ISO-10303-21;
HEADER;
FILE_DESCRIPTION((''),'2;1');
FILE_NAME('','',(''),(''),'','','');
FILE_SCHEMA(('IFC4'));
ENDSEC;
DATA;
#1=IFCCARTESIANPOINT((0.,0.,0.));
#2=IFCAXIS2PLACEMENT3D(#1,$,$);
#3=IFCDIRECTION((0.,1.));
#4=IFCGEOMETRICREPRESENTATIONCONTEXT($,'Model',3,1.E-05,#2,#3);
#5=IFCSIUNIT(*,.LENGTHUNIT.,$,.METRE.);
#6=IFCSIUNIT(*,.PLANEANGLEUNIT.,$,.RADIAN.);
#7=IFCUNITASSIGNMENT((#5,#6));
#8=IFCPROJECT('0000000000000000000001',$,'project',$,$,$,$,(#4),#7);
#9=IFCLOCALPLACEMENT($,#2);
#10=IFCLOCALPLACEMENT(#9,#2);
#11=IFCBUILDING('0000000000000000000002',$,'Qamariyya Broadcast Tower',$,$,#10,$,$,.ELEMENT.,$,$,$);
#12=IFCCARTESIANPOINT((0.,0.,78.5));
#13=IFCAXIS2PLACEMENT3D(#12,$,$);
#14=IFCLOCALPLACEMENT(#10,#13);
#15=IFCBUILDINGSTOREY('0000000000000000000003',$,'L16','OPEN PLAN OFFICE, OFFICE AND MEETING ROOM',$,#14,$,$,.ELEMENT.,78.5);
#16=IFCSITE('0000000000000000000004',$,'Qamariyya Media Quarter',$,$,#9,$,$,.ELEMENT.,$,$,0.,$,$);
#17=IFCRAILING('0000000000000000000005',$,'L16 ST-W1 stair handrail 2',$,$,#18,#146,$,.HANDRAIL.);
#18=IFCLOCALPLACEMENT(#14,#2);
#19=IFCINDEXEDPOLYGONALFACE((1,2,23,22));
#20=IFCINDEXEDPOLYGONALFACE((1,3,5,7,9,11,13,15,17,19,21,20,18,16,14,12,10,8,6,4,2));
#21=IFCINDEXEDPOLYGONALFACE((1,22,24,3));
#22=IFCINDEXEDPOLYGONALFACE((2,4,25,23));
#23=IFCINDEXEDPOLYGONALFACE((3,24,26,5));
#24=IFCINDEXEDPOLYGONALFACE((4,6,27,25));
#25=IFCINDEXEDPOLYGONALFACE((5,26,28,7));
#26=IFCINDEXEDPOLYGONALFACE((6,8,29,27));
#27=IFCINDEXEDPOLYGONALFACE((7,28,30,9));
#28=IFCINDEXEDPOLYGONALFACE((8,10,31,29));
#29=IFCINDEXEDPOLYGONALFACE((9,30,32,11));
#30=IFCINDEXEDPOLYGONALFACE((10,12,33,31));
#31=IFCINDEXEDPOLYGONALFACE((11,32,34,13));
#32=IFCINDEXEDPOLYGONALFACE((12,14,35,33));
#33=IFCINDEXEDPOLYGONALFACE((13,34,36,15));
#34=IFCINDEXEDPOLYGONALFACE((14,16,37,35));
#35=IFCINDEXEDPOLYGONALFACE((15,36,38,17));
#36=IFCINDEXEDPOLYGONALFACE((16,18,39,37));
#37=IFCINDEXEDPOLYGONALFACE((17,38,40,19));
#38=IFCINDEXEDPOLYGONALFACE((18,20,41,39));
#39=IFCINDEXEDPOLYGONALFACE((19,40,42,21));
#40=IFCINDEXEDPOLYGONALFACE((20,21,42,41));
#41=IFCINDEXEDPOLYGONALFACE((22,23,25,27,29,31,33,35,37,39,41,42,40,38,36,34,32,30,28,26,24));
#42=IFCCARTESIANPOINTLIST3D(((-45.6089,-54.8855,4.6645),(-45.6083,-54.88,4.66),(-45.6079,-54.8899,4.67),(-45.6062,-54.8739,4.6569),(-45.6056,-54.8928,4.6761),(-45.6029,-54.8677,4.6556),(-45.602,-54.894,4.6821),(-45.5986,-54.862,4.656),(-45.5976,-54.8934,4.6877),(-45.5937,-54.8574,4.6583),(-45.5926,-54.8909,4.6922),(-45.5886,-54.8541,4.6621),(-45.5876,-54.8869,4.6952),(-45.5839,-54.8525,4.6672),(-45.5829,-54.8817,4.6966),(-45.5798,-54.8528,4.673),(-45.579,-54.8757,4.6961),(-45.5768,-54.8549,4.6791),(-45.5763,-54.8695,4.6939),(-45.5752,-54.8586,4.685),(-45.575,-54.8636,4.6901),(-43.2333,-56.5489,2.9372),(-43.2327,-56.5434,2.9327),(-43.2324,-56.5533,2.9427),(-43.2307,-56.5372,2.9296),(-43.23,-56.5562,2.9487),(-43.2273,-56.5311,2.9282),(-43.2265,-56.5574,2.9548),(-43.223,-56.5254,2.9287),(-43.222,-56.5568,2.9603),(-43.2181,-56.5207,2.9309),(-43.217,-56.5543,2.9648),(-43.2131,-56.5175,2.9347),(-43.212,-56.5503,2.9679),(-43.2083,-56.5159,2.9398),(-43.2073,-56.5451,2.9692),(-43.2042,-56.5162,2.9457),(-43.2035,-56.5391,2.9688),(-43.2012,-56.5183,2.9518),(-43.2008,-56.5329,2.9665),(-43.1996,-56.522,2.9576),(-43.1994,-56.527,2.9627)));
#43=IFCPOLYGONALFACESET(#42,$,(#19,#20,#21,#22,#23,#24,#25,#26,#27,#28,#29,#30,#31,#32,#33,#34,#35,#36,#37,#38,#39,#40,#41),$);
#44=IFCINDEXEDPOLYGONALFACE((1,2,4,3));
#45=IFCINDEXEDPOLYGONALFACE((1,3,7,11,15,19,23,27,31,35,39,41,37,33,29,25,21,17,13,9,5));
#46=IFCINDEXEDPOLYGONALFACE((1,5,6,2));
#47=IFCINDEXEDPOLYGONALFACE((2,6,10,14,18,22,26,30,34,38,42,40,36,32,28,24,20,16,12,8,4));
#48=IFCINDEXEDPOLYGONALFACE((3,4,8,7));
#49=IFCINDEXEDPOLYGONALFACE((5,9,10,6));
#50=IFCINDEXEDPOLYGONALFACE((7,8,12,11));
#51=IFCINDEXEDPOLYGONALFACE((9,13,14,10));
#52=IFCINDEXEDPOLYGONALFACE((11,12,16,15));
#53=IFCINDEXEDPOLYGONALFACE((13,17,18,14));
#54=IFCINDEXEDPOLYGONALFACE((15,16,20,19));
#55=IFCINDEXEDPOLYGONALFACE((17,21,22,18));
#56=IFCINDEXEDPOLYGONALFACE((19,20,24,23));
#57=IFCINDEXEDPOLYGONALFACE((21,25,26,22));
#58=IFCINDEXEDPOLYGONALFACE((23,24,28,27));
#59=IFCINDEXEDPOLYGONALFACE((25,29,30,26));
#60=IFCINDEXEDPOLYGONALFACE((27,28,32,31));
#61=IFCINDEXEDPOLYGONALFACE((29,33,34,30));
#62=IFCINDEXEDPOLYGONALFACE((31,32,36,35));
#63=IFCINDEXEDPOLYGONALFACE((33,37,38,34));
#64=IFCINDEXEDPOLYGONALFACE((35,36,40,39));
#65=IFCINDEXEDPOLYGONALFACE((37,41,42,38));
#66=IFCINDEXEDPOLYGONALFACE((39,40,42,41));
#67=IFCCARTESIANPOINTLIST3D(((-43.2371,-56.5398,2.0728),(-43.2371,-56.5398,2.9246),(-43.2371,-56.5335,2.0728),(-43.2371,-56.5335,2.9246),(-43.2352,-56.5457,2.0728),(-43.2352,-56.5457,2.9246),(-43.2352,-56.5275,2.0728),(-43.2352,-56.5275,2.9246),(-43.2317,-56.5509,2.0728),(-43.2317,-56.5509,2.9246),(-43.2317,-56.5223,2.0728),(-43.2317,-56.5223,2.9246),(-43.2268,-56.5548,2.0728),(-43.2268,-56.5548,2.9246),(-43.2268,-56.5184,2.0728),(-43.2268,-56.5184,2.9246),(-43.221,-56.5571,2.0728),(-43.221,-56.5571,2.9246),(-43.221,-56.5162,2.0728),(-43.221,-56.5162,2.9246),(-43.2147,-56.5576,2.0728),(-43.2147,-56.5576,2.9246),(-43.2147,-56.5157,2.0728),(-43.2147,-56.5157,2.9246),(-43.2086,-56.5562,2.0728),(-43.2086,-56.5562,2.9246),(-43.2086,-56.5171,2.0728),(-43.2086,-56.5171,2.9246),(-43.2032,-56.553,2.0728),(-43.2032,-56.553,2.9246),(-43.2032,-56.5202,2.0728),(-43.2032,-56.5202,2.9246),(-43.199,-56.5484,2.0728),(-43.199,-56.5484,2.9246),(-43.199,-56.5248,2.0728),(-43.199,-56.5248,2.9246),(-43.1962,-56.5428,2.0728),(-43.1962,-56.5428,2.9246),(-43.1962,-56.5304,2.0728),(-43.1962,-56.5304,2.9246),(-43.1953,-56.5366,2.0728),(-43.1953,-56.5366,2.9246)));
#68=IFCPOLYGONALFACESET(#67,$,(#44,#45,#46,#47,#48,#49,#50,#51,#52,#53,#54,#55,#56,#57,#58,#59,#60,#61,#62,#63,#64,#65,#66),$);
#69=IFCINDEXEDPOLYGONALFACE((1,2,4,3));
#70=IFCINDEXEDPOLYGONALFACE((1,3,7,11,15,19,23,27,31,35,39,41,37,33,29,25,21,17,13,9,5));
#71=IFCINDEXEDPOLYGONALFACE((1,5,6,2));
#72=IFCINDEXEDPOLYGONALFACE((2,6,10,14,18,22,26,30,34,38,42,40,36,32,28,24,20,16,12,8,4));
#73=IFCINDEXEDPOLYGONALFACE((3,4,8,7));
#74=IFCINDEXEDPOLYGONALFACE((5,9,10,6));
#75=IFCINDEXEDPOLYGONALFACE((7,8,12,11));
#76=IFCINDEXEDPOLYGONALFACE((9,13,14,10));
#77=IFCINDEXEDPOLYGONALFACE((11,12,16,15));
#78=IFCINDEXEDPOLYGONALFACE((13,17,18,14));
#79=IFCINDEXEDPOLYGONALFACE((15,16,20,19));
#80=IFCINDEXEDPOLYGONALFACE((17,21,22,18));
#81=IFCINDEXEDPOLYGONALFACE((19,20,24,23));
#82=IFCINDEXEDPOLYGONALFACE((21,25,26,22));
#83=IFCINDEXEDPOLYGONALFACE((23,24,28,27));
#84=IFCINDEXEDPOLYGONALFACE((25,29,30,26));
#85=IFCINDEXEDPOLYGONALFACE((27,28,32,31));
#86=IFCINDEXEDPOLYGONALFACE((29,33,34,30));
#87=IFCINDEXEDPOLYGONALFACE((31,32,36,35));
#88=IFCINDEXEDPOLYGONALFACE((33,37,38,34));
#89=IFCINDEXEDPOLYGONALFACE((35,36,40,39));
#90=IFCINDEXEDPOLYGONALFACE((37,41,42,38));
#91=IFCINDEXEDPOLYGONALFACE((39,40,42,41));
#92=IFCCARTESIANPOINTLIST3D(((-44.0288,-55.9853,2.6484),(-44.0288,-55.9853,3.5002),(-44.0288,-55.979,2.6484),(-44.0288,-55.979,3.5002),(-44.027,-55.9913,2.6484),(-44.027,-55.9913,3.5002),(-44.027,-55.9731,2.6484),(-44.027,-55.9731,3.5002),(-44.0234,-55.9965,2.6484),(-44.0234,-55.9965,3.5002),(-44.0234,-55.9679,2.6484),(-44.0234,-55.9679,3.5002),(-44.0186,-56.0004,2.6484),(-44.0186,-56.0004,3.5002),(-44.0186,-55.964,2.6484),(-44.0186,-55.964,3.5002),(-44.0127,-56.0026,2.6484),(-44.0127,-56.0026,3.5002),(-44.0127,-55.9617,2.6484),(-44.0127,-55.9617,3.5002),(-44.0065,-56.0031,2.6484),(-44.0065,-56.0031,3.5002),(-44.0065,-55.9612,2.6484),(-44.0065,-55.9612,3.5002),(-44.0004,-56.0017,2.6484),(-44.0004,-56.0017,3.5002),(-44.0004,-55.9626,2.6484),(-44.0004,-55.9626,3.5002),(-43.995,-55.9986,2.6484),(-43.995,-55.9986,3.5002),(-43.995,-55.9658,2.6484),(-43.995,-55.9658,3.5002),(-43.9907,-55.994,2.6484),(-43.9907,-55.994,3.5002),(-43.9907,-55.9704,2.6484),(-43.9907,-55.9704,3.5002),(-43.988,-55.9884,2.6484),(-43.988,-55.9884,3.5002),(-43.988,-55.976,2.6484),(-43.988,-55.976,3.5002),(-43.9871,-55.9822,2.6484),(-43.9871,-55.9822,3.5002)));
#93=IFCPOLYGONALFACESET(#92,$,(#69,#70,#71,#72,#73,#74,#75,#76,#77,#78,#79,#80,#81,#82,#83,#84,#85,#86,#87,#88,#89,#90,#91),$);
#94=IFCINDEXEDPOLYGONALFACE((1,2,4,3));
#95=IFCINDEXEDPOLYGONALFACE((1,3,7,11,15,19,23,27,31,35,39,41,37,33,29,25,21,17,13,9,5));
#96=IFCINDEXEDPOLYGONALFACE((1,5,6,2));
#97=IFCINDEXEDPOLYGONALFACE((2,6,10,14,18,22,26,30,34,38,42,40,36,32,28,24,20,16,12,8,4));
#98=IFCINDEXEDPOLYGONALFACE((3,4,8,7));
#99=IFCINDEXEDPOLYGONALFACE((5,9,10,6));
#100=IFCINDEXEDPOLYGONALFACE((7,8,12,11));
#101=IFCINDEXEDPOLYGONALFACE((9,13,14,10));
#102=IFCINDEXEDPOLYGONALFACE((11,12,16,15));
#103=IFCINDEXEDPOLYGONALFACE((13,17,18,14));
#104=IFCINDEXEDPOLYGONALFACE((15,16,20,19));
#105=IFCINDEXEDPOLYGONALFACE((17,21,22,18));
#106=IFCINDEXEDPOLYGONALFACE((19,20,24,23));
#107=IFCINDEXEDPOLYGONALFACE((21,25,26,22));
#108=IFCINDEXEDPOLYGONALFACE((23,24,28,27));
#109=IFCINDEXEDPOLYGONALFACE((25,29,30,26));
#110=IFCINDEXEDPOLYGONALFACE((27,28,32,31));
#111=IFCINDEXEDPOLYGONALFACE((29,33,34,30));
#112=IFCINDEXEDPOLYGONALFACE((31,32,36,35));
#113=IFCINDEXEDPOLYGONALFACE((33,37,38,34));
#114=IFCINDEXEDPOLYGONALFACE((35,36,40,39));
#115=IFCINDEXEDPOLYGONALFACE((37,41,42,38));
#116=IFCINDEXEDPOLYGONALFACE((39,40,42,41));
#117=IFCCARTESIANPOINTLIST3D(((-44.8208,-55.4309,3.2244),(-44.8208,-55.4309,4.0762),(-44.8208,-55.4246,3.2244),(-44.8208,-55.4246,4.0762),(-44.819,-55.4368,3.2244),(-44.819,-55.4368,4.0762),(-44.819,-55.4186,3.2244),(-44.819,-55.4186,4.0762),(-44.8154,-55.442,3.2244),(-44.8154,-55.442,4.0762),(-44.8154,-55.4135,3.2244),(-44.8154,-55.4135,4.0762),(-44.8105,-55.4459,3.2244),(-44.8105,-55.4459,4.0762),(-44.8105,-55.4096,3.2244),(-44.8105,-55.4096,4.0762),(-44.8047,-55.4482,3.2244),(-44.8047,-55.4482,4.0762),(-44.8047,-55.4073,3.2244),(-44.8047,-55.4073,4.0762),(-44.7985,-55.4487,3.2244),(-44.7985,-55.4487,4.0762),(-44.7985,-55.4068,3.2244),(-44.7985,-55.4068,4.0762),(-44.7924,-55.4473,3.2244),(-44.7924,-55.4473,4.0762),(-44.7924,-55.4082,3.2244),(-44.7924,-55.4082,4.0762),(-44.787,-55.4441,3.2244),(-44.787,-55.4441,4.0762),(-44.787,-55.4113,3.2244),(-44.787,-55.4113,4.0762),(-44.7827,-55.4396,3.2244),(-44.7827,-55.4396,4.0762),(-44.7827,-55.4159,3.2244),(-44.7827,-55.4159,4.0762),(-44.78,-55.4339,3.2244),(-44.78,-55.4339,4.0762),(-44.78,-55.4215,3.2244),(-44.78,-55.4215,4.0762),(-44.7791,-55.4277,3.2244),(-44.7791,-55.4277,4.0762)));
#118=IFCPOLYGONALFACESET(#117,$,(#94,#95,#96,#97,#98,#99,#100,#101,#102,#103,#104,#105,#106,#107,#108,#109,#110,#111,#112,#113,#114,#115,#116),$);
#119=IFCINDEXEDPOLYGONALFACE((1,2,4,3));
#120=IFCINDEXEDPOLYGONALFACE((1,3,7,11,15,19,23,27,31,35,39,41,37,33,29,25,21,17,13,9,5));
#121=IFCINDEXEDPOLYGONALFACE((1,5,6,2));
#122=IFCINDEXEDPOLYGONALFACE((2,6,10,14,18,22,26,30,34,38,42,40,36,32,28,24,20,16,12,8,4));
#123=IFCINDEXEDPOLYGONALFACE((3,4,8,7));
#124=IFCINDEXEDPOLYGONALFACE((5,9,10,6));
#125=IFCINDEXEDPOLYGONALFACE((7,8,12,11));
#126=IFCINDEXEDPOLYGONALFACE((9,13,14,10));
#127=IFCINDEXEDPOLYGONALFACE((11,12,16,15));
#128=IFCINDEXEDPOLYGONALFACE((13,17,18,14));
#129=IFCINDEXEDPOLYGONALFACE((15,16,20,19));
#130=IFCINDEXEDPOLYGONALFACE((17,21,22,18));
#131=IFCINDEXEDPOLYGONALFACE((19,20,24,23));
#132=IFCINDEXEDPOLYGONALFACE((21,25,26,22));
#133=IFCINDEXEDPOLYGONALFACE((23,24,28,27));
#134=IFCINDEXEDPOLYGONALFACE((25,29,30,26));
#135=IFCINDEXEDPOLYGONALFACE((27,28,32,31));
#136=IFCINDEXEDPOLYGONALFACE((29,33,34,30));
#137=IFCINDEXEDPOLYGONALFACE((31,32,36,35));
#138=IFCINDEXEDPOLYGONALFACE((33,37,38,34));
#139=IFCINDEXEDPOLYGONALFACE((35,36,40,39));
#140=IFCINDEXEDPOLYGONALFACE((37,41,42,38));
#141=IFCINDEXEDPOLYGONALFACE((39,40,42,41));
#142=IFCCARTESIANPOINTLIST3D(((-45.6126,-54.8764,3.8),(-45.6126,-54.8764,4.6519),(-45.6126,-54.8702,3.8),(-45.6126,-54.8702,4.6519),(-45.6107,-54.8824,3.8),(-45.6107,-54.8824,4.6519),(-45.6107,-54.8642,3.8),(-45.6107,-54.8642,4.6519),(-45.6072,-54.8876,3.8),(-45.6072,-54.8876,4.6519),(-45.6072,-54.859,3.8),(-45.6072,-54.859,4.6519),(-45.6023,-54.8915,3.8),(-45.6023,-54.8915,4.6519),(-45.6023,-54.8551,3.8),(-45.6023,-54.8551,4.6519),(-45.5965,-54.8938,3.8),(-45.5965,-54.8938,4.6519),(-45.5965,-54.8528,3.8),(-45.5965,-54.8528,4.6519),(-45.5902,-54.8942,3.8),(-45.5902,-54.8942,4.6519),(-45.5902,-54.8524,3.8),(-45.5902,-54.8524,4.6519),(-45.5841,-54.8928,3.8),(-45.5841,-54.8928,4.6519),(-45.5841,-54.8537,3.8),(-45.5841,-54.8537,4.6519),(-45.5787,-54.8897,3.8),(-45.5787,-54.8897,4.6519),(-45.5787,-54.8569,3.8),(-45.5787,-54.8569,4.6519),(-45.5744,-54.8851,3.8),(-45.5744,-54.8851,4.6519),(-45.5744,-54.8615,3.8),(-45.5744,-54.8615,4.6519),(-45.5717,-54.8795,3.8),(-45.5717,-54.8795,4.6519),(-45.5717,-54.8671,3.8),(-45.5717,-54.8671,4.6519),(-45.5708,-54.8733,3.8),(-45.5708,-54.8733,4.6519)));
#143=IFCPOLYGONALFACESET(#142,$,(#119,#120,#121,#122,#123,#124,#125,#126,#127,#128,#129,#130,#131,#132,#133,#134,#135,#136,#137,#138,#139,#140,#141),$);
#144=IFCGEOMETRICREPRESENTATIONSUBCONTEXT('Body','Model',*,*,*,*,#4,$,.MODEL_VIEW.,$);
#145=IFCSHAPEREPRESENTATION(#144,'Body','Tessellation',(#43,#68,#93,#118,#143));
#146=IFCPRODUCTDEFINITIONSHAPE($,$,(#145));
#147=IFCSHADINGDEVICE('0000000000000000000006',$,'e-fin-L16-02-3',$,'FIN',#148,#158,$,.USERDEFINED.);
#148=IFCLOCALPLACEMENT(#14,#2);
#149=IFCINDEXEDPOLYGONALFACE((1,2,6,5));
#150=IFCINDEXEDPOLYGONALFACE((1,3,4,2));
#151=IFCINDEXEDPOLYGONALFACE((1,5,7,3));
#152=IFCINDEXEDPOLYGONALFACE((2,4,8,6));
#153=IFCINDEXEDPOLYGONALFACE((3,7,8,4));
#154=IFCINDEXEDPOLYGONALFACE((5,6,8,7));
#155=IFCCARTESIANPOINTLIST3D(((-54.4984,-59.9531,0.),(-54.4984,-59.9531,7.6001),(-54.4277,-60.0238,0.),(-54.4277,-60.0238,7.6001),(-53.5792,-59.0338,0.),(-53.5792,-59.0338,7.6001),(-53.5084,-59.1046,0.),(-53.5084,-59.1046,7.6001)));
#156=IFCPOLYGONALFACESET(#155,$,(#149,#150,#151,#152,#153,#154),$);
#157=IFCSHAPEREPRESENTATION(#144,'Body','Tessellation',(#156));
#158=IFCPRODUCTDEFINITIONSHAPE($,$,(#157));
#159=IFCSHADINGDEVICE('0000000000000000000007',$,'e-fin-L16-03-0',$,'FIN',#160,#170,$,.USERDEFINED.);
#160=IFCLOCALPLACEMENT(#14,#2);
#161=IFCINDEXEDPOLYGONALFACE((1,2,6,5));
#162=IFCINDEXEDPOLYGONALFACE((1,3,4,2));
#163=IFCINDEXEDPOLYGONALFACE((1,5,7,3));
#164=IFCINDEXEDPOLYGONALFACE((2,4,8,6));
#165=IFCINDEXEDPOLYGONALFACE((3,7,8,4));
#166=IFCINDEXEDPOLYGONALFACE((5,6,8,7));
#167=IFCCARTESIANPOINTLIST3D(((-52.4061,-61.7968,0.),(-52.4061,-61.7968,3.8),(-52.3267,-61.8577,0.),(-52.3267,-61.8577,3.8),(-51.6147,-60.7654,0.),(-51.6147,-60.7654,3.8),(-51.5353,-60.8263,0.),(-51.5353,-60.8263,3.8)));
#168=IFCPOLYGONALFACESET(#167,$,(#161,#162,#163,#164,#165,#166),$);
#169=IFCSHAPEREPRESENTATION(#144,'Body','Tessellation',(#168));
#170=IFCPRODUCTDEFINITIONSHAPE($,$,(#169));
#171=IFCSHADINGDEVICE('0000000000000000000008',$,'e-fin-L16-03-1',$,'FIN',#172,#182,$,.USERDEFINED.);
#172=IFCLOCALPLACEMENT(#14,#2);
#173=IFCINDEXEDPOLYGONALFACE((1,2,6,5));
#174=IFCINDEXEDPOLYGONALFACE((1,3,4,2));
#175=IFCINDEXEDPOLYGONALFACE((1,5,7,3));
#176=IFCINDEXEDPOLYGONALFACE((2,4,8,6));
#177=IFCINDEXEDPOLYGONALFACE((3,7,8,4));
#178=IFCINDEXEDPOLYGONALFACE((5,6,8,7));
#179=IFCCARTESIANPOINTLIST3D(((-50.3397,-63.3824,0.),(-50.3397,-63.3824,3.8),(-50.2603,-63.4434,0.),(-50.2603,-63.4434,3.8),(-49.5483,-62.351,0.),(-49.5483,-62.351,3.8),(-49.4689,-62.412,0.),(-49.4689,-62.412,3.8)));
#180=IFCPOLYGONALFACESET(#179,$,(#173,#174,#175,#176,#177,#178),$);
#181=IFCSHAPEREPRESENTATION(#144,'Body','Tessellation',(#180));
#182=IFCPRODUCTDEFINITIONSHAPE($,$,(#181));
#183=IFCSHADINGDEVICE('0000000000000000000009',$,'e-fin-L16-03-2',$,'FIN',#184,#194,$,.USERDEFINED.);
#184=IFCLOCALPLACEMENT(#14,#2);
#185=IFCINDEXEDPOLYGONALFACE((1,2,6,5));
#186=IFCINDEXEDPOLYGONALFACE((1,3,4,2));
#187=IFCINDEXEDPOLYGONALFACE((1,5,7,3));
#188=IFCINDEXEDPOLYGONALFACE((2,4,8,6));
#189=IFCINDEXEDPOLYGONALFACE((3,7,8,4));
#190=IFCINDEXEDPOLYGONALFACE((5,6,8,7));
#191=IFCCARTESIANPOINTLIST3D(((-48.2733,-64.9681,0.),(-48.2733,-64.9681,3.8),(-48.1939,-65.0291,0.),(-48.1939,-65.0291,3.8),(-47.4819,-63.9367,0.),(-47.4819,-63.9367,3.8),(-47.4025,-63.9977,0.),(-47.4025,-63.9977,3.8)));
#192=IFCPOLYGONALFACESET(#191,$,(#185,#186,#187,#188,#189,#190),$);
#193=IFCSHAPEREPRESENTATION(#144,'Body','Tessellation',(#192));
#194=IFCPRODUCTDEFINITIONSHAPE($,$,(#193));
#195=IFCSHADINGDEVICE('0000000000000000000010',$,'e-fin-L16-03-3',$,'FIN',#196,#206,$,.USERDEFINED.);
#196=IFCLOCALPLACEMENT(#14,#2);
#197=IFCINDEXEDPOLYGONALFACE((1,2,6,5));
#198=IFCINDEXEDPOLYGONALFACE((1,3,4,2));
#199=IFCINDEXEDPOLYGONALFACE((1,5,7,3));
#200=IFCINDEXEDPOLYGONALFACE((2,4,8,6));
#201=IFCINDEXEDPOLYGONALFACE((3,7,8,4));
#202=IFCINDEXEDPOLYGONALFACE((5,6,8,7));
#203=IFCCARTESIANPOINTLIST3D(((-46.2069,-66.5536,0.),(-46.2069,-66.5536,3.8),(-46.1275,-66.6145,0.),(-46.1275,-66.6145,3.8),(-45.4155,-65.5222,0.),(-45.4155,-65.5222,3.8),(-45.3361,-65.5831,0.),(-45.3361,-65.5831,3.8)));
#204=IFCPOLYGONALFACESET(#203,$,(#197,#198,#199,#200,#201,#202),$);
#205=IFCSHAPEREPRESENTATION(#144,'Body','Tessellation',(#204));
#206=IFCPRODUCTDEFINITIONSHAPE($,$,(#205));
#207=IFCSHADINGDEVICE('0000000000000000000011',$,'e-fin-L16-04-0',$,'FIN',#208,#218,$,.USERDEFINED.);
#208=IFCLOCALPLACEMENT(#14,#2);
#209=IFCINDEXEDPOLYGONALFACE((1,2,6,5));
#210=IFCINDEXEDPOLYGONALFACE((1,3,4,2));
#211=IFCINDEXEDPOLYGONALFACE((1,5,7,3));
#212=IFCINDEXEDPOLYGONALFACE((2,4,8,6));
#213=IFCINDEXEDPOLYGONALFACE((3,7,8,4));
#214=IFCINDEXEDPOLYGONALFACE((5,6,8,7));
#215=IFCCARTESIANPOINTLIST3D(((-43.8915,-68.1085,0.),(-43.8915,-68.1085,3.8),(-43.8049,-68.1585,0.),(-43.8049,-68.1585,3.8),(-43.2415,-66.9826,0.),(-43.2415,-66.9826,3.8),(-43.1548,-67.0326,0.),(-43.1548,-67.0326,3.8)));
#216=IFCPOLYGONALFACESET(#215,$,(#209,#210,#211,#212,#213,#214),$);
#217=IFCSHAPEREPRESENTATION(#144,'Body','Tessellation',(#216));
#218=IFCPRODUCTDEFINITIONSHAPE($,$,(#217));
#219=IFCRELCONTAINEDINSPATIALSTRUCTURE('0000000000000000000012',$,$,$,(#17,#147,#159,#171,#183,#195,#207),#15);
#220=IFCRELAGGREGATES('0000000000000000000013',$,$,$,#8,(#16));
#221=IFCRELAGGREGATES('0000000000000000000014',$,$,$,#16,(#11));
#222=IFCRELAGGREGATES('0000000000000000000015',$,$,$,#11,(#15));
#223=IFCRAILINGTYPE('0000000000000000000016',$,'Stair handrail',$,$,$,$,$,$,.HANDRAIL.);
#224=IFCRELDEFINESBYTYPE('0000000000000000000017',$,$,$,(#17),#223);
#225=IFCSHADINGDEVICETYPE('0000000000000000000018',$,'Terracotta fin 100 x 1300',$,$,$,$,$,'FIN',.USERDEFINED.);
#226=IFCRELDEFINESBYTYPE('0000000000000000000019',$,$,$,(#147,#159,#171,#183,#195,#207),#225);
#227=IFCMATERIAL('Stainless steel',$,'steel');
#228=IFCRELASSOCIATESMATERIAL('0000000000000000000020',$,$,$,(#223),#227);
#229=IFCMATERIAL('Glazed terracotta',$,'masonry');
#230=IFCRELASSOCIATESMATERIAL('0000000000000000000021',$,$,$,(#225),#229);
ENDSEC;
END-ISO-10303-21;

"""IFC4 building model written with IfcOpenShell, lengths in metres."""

from ifc_helpers import new_model, si_unit, direction, frame, origin, origin_2d, place, context, subcontext, project, spatial, rectangle, circle, extrude, material, material_profile, profile_set, type_object, element, save


model = new_model("IFC4")

# Units and contexts
model_context = context("Model", 3, precision=1e-05, world=origin(), true_north=direction((0.0, 1.0)))
body_context = subcontext(model_context, "Body", "Model", "MODEL_VIEW")
ifc_project = project(units=[si_unit("LENGTHUNIT", "METRE"), si_unit("PLANEANGLEUNIT", "RADIAN")], contexts=[model_context])

# Site, building, storey
site_placement = place(None, origin())
site = spatial("IfcSite", under=ifc_project, at=site_placement, Name="Qamariyya Media Quarter", CompositionType="ELEMENT", RefElevation=0.0)
building_placement = place(site_placement, origin())
building = spatial("IfcBuilding", under=site, at=building_placement, Name="Qamariyya Broadcast Tower", CompositionType="ELEMENT")
storey_placement = place(building_placement, frame((0.0, 0.0, 78.5)))
storey = spatial("IfcBuildingStorey", under=building, at=storey_placement, Name="L16", Description="OPEN PLAN OFFICE, OFFICE AND MEETING ROOM", CompositionType="ELEMENT", Elevation=78.5)

# Railing
ifc_material_1 = material(Name="Stainless steel", Category="steel")
railing_type_1 = type_object("IfcRailingType", Name="Stair handrail", PredefinedType="HANDRAIL", material=ifc_material_1)
railing_1_placement = place(storey_placement, frame((-43.2163, -56.5366, 2.0728)))
element("IfcRailing", 1, at=railing_1_placement, inside=storey, type_object=railing_type_1, Name="L16 ST-W1 stair handrail 2", PredefinedType="HANDRAIL", context=body_context, shape_type="SweptSolid", body=[
    extrude(circle(Radius=0.0239, at=origin_2d()), frame((0.0, 0.0, 0.876), z_axis=(-0.70377, 0.492784, 0.511734), x_axis=(-0.573575, -0.819153, 0.0)), (0.0, 0.0, 1.0), 3.3755),
    extrude(circle(Radius=0.021, at=origin_2d()), origin(), (0.0, 0.0, 1.0), 0.8518),
    extrude(circle(Radius=0.021, at=origin_2d()), frame((-0.7917, 0.5544, 0.5757)), (0.0, 0.0, 1.0), 0.8518),
    extrude(circle(Radius=0.021, at=origin_2d()), frame((-1.5837, 1.1089, 1.1516)), (0.0, 0.0, 1.0), 0.8518),
    extrude(circle(Radius=0.021, at=origin_2d()), frame((-2.3755, 1.6633, 1.7273)), (0.0, 0.0, 1.0), 0.8518),
])

# Shading devices
ifc_material_2 = material(Name="Glazed terracotta", Category="masonry")
ifc_material_profile_1 = material_profile(ifc_material_2, rectangle(XDim=1.3, YDim=0.1001, at=origin_2d()))
ifc_profile_set_1 = profile_set([ifc_material_profile_1], Name="Glazed terracotta")
shading_device_type_1 = type_object("IfcShadingDeviceType", Name="Terracotta fin 100 x 1300", ElementType="FIN", PredefinedType="USERDEFINED", material=ifc_profile_set_1)
shading_device_1_placement = place(storey_placement, frame((-54.0034, -59.5288, 0.0), z_axis=(0.0, 0.0, 1.0), x_axis=(-0.707107, -0.707107, 0.0)))
element("IfcShadingDevice", 2, at=shading_device_1_placement, inside=storey, type_object=shading_device_type_1, Name="e-fin-L16-02-3", ObjectType="FIN", PredefinedType="USERDEFINED", context=body_context, shape_type="SweptSolid", body=[
    extrude(rectangle(XDim=1.3, YDim=0.1001, at=origin_2d()), origin(), (0.0, 0.0, 1.0), 7.6001),
])
for number, where, z_axis, x_axis, name in (
    (3, (-51.9707, -61.3115, 0.0), (0.0, 0.0, 1.0), (-0.608761, -0.793353, 0.0), "e-fin-L16-03-0"),
    (4, (-49.9043, -62.8972, 0.0), (0.0, 0.0, 1.0), (-0.608761, -0.793353, 0.0), "e-fin-L16-03-1"),
    (5, (-47.8379, -64.4829, 0.0), (0.0, 0.0, 1.0), (-0.608761, -0.793353, 0.0), "e-fin-L16-03-2"),
    (6, (-45.7715, -66.0684, 0.0), (0.0, 0.0, 1.0), (-0.608761, -0.793353, 0.0), "e-fin-L16-03-3"),
    (7, (-43.5232, -67.5706, 0.0), (0.0, 0.0, 1.0), (-0.5, -0.866025, 0.0), "e-fin-L16-04-0"),
):
    element("IfcShadingDevice", number, at=place(storey_placement, frame(where, z_axis=z_axis, x_axis=x_axis)), inside=storey, type_object=shading_device_type_1, Name=name, ObjectType="FIN", PredefinedType="USERDEFINED", context=body_context, shape_type="SweptSolid", body=[
        extrude(rectangle(XDim=1.3, YDim=0.1001, at=origin_2d()), origin(), (0.0, 0.0, 1.0), 3.8),
    ])

save(model, "model.ifc")
